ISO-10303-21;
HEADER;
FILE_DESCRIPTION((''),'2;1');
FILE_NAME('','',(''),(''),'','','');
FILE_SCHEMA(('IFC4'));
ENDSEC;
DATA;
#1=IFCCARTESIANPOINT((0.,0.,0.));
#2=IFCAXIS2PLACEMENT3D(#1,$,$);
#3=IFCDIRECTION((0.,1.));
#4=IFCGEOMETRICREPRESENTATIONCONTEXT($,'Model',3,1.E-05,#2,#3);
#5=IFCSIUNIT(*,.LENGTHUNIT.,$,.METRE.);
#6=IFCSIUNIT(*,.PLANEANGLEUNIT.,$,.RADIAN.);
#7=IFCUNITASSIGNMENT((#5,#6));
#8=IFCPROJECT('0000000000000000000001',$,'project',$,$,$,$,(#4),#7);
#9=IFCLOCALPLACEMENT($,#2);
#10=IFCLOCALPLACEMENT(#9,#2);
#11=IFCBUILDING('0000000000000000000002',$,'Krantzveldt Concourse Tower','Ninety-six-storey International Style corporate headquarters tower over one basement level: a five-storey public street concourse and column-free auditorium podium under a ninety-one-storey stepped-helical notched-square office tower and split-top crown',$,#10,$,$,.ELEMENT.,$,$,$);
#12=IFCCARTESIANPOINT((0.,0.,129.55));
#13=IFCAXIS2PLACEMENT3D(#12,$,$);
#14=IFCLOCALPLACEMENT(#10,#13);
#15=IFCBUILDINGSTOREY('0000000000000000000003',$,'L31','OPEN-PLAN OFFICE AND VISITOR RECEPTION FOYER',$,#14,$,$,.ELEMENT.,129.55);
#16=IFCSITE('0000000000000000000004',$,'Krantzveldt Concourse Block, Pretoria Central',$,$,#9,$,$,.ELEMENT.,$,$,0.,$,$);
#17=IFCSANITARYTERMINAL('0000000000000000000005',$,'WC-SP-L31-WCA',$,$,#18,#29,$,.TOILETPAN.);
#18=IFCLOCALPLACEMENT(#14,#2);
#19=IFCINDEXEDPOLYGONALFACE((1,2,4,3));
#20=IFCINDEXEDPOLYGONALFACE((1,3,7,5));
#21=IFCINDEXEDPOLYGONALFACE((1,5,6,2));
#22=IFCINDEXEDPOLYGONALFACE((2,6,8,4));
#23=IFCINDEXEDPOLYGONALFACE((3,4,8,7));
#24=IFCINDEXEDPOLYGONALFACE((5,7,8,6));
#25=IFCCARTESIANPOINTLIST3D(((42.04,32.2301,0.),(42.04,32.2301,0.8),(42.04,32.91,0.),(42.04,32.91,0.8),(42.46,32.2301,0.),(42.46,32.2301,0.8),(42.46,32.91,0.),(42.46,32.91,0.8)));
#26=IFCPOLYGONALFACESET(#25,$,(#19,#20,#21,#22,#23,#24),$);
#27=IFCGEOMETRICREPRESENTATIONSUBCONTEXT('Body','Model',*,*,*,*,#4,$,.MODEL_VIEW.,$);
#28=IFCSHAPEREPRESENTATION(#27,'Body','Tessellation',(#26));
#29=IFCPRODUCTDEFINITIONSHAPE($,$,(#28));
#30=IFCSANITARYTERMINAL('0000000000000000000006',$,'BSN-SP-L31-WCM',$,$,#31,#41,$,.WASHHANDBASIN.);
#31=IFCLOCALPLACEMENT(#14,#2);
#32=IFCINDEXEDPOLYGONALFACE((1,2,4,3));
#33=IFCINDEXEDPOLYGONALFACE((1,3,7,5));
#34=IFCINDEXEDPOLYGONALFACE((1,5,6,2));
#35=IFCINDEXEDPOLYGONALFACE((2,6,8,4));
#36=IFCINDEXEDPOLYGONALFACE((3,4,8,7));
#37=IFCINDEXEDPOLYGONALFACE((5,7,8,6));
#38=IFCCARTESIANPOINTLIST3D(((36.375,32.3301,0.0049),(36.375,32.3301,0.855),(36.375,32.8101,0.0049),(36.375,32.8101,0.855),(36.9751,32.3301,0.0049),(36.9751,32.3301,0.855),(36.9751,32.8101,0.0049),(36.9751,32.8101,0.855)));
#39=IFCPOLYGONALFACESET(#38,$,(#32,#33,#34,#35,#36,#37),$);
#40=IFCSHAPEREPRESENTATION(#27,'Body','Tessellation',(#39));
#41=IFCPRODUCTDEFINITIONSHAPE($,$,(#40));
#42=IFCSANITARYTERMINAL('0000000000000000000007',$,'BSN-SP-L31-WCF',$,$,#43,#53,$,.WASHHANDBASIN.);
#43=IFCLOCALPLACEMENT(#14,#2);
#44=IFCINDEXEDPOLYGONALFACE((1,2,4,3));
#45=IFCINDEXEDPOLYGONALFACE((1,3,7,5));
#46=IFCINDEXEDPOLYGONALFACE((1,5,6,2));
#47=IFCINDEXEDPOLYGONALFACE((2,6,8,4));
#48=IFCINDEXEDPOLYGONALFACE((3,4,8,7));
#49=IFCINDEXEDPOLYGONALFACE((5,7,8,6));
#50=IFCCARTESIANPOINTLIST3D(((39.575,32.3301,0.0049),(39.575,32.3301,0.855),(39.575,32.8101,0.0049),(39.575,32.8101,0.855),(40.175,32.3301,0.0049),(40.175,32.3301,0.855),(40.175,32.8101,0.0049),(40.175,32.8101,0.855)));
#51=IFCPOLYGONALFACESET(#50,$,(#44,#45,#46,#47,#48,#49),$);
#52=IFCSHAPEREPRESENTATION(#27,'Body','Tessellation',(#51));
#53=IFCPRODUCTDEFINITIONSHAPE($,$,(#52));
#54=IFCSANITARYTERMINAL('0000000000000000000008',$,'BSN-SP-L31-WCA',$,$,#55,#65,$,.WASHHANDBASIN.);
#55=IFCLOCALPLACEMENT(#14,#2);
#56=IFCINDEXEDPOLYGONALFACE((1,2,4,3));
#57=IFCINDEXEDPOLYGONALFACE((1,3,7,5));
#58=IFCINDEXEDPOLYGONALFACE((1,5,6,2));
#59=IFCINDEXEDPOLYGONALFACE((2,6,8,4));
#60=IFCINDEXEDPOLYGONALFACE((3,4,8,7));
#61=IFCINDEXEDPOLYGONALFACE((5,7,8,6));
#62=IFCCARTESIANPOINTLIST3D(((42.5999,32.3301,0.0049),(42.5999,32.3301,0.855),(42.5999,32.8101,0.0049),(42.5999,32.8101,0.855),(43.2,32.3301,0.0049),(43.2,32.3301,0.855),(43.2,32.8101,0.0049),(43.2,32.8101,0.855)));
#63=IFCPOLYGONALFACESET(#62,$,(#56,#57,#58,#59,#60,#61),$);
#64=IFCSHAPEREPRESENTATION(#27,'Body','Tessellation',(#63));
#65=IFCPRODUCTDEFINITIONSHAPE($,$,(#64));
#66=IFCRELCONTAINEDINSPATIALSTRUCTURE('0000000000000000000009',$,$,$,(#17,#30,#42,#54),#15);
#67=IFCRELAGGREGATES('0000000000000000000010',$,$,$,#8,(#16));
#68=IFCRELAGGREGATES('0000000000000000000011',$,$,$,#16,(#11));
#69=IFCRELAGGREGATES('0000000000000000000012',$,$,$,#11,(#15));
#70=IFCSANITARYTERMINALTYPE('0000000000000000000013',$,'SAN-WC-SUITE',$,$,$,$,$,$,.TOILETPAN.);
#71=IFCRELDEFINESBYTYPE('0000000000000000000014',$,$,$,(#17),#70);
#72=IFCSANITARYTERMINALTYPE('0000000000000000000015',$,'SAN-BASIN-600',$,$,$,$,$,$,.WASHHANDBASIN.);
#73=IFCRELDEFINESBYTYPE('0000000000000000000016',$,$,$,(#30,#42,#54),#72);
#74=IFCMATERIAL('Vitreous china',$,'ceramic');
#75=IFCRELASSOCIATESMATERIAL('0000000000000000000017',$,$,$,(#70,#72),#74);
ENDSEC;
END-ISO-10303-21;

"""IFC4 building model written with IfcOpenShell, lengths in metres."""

from ifc_helpers import new_model, si_unit, direction, frame, origin, origin_2d, place, context, subcontext, project, spatial, rectangle, extrude, source, transform, mapped, material, type_object, type_shapes, element, save


model = new_model("IFC4")

# Units and contexts
model_context = context("Model", 3, precision=1e-05, world=origin(), true_north=direction((0.0, 1.0)))
body_context = subcontext(model_context, "Body", "Model", "MODEL_VIEW")
ifc_project = project(units=[si_unit("LENGTHUNIT", "METRE"), si_unit("PLANEANGLEUNIT", "RADIAN")], contexts=[model_context])

# Site, building, storey
site_placement = place(None, origin())
site = spatial("IfcSite", under=ifc_project, at=site_placement, Name="Krantzveldt Concourse Block, Pretoria Central", CompositionType="ELEMENT", RefElevation=0.0)
building_placement = place(site_placement, origin())
building = spatial("IfcBuilding", under=site, at=building_placement, Name="Krantzveldt Concourse Tower", Description="Ninety-six-storey International Style corporate headquarters tower over one basement level: a five-storey public street concourse and column-free auditorium podium under a ninety-one-storey stepped-helical notched-square office tower and split-top crown", CompositionType="ELEMENT")
storey_placement = place(building_placement, frame((0.0, 0.0, 129.55)))
storey = spatial("IfcBuildingStorey", under=building, at=storey_placement, Name="L31", Description="OPEN-PLAN OFFICE AND VISITOR RECEPTION FOYER", CompositionType="ELEMENT", Elevation=129.55)

# Sanitary terminals
ifc_material_1 = material(Name="Vitreous china", Category="ceramic")
sanitary_terminal_type_1 = type_object("IfcSanitaryTerminalType", Name="SAN-WC-SUITE", PredefinedType="TOILETPAN", material=ifc_material_1)
shared_shape_1 = source(origin(), body_context, "Body", "SweptSolid", [
    extrude(rectangle(XDim=0.4199, YDim=0.6799, at=origin_2d()), origin(), (0.0, 0.0, 1.0), 0.8),
])
type_shapes(sanitary_terminal_type_1, [shared_shape_1])
for number, where, z_axis, x_axis, name in (
    (1, (42.25, 32.5701, 0.0), (0.0, 0.0, 1.0), (1.0, 0.0, 0.0), "WC-SP-L31-WCA"),
):
    element("IfcSanitaryTerminal", number, at=place(storey_placement, frame(where, z_axis=z_axis, x_axis=x_axis)), inside=storey, type_object=sanitary_terminal_type_1, Name=name, PredefinedType="TOILETPAN", context=body_context, shape_type="MappedRepresentation", body=[
        mapped(shared_shape_1, transform((0.0, 0.0, 0.0), x_axis=(1.0, 0.0, 0.0), y_axis=(0.0, 1.0, 0.0), z_axis=(0.0, 0.0, 1.0), scale=1.0)),
    ])
sanitary_terminal_type_2 = type_object("IfcSanitaryTerminalType", Name="SAN-BASIN-600", PredefinedType="WASHHANDBASIN", material=ifc_material_1)
shared_shape_2 = source(origin(), body_context, "Body", "SweptSolid", [
    extrude(rectangle(XDim=0.6001, YDim=0.48, at=origin_2d()), origin(), (0.0, 0.0, 1.0), 0.8501),
])
type_shapes(sanitary_terminal_type_2, [shared_shape_2])
for number, where, z_axis, x_axis, name in (
    (2, (36.675, 32.5701, 0.0049), (0.0, 0.0, 1.0), (1.0, 0.0, 0.0), "BSN-SP-L31-WCM"),
    (3, (39.875, 32.5701, 0.0049), (0.0, 0.0, 1.0), (1.0, 0.0, 0.0), "BSN-SP-L31-WCF"),
    (4, (42.8999, 32.5701, 0.0049), (0.0, 0.0, 1.0), (1.0, 0.0, 0.0), "BSN-SP-L31-WCA"),
):
    element("IfcSanitaryTerminal", number, at=place(storey_placement, frame(where, z_axis=z_axis, x_axis=x_axis)), inside=storey, type_object=sanitary_terminal_type_2, Name=name, PredefinedType="WASHHANDBASIN", context=body_context, shape_type="MappedRepresentation", body=[
        mapped(shared_shape_2, transform((0.0, 0.0, 0.0), x_axis=(1.0, 0.0, 0.0), y_axis=(0.0, 1.0, 0.0), z_axis=(0.0, 0.0, 1.0), scale=1.0)),
    ])

save(model, "model.ifc")
